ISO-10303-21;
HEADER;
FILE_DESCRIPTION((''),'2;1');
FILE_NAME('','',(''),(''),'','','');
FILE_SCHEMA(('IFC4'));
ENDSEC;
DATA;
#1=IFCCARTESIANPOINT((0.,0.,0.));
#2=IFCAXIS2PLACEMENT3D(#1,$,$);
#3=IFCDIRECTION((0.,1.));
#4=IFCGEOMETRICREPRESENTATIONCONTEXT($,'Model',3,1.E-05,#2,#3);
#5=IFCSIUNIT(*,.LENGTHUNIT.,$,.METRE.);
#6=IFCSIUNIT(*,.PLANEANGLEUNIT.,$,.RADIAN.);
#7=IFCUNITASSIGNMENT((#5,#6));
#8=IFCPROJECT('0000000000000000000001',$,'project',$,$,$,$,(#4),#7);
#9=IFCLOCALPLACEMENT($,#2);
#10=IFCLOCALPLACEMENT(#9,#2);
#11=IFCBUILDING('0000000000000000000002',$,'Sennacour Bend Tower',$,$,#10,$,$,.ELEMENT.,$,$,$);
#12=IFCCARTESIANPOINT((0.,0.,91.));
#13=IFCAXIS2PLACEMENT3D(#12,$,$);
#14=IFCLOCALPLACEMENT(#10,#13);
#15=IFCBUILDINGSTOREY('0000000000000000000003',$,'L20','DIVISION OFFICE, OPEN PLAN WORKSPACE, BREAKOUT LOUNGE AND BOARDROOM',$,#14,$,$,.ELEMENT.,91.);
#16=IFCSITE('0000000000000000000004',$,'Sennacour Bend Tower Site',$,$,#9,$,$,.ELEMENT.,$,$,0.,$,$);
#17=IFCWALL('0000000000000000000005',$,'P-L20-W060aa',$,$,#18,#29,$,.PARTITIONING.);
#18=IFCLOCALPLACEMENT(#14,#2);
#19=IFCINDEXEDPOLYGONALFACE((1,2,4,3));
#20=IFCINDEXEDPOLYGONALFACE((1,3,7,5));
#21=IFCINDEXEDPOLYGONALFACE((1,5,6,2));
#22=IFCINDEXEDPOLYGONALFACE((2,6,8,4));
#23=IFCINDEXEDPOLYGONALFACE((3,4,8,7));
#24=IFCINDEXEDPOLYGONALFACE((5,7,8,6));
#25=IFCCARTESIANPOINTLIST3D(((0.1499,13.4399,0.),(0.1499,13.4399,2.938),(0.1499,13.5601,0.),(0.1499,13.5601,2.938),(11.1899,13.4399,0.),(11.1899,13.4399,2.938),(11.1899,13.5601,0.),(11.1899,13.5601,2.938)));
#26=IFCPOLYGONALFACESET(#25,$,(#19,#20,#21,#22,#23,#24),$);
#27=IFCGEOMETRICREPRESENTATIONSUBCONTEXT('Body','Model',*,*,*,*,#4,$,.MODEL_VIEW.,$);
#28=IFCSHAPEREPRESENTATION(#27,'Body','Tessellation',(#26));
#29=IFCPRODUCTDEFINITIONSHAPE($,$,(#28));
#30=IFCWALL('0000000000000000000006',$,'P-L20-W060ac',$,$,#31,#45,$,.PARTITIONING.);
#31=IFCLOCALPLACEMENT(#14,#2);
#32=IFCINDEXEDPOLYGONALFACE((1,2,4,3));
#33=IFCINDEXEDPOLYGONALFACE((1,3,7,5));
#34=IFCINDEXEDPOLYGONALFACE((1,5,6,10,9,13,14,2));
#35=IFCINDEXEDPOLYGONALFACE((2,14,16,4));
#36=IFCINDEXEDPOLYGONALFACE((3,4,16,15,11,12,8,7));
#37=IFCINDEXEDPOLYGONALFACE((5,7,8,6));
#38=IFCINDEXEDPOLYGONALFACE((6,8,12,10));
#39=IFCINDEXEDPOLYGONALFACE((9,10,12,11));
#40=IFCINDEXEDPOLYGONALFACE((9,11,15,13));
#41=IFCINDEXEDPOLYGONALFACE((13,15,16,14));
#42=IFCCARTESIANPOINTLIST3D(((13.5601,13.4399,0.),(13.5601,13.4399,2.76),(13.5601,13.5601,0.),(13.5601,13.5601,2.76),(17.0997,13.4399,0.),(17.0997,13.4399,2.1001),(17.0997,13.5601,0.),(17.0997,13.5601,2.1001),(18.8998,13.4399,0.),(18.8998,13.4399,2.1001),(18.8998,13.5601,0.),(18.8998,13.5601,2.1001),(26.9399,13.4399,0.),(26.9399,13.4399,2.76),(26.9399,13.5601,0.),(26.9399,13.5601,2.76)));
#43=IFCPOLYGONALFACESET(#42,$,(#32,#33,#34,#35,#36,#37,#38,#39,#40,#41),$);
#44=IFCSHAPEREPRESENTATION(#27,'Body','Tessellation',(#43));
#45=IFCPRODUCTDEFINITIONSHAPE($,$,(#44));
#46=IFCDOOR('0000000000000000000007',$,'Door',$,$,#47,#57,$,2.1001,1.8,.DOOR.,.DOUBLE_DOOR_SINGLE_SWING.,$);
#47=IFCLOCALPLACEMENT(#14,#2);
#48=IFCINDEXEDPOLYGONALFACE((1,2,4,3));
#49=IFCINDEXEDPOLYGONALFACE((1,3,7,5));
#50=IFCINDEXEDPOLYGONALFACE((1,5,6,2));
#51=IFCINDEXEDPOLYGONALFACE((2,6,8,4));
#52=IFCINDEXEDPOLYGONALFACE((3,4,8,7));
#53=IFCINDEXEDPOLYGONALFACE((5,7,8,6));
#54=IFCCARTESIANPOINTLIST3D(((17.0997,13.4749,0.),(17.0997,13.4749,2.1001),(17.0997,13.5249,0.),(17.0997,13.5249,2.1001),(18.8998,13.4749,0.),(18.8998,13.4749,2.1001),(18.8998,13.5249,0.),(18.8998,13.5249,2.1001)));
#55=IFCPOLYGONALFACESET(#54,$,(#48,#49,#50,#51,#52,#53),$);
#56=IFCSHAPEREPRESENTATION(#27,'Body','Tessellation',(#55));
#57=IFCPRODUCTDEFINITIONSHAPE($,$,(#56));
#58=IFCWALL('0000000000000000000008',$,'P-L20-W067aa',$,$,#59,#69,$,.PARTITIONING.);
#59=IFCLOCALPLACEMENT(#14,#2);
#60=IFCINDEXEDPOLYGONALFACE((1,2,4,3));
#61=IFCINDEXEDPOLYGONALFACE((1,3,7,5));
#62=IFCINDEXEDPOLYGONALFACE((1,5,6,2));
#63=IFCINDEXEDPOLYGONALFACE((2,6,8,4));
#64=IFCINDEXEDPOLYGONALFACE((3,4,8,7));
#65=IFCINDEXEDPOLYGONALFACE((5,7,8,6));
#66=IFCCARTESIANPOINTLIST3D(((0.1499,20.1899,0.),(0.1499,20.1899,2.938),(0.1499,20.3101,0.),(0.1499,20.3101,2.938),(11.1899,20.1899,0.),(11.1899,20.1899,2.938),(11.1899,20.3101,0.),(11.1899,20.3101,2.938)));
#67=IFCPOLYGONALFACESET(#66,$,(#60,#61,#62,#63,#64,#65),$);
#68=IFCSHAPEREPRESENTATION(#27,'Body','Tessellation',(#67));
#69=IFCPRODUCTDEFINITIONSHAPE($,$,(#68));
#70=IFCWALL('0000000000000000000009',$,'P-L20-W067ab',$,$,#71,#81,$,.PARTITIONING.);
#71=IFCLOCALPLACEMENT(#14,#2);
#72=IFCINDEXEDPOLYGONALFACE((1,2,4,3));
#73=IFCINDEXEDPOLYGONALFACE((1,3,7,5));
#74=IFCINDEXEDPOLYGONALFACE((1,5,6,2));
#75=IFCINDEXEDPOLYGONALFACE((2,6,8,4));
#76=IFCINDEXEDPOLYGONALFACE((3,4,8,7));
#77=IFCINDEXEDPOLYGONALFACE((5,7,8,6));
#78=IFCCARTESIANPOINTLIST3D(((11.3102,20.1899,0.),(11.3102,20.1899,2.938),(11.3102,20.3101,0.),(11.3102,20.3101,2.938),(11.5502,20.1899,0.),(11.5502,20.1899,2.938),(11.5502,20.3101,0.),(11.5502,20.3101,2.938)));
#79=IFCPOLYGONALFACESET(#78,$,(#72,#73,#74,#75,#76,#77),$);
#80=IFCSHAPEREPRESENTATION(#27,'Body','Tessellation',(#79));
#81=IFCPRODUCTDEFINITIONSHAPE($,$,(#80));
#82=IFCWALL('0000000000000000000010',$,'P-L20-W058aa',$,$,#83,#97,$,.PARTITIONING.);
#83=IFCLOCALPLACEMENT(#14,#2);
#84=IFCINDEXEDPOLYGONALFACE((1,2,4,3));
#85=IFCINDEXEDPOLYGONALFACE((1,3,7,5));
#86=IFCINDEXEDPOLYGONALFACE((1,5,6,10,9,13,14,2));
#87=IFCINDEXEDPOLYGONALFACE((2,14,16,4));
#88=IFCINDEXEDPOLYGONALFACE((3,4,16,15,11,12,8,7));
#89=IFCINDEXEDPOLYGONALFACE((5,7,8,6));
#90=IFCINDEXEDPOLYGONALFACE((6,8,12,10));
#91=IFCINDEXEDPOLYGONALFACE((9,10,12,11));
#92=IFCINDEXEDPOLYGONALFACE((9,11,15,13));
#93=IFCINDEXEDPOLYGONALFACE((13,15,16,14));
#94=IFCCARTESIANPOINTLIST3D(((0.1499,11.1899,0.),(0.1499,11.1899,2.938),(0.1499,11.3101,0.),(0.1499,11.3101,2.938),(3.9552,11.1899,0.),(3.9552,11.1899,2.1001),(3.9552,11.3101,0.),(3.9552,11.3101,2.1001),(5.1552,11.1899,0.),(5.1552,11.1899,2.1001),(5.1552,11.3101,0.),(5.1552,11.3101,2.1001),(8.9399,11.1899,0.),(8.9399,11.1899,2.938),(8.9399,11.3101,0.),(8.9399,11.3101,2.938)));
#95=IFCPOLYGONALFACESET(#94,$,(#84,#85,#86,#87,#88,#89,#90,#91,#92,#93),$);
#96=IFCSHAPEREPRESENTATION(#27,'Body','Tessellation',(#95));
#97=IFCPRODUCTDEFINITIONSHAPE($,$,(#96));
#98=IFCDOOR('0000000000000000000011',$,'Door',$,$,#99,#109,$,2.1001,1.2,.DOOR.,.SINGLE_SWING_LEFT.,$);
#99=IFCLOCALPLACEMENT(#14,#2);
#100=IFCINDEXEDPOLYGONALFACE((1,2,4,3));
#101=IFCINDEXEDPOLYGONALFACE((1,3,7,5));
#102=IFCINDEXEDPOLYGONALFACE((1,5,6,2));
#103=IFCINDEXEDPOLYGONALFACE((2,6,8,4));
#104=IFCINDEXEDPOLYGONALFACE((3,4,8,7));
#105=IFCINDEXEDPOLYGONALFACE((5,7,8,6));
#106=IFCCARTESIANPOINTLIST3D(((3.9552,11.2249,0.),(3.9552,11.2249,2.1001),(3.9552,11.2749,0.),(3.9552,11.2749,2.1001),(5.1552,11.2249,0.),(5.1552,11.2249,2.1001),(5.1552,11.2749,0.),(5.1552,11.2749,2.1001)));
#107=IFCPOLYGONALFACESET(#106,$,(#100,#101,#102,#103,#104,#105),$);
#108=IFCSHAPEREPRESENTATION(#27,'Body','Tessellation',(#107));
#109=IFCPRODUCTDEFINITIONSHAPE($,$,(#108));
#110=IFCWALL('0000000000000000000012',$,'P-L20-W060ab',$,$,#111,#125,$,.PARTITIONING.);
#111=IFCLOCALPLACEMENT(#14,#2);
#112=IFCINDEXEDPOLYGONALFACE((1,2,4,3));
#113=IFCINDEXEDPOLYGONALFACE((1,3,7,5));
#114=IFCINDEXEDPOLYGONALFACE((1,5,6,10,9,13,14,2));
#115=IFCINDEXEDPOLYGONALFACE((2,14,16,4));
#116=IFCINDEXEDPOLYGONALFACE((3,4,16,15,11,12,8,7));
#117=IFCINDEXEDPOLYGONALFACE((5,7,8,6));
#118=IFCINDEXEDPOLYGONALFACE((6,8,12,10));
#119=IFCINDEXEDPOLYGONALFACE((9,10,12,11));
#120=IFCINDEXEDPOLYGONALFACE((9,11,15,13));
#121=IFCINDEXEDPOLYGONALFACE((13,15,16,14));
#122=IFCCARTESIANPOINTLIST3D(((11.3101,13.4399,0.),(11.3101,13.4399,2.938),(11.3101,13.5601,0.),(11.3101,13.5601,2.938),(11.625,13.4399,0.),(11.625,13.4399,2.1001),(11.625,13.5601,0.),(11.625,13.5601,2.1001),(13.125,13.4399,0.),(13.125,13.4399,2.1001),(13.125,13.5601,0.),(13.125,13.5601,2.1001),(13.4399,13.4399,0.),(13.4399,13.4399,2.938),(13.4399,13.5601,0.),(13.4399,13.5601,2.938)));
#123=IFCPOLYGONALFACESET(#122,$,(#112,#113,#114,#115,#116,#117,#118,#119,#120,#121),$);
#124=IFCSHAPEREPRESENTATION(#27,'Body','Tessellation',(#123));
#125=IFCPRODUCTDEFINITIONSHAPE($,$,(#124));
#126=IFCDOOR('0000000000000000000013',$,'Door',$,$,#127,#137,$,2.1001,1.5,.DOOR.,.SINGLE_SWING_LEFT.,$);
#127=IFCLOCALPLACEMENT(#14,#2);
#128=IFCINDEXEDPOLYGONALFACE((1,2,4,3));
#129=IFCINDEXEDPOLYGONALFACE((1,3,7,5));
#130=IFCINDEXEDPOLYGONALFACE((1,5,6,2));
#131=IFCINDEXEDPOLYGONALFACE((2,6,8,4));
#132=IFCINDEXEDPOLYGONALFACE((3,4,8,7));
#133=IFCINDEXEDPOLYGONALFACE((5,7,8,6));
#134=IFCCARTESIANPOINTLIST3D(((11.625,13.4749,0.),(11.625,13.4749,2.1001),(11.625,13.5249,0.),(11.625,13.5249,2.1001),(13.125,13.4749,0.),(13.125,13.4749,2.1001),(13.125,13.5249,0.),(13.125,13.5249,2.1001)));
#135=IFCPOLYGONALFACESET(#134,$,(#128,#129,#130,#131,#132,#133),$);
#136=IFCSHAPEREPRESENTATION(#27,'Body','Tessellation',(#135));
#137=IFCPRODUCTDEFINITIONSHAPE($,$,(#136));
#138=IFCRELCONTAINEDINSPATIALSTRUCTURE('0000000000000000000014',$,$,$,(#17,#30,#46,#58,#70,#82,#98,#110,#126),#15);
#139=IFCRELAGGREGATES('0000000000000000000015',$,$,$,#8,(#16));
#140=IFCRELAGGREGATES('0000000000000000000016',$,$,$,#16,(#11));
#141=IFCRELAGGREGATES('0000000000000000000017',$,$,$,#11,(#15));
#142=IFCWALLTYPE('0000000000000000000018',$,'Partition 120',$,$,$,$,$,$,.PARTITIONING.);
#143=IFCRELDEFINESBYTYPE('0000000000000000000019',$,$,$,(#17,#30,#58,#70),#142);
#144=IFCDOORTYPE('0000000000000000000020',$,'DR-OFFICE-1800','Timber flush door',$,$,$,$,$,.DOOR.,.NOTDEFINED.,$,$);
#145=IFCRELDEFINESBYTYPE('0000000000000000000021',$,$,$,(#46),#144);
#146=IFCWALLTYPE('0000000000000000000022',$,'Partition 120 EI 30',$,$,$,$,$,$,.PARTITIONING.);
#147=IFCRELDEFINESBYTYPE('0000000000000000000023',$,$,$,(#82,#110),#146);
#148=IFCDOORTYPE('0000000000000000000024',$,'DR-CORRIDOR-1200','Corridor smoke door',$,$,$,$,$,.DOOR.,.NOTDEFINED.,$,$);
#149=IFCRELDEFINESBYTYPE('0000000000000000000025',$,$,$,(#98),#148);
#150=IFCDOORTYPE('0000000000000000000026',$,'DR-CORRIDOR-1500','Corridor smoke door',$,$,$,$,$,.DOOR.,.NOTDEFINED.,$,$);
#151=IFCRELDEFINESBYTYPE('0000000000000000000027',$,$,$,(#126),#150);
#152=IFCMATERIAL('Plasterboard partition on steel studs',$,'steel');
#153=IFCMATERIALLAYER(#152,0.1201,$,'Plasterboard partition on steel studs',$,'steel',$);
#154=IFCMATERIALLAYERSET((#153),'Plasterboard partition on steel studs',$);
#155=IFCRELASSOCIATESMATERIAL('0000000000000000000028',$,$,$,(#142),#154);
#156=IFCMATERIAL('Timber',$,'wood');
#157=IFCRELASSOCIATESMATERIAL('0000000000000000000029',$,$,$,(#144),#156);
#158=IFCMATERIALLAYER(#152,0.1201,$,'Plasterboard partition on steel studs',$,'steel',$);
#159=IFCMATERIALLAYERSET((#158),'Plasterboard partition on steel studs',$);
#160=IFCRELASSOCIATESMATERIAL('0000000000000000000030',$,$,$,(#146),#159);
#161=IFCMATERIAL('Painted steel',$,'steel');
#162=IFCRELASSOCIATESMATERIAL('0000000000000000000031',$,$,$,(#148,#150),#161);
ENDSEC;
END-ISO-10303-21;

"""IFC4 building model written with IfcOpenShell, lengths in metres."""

from ifc_helpers import new_model, si_unit, direction, frame, frame_2d, origin, place, context, subcontext, project, spatial, rectangle, extrude, material, layer, layer_set, type_object, element, fill, save


model = new_model("IFC4")

# Units and contexts
model_context = context("Model", 3, precision=1e-05, world=origin(), true_north=direction((0.0, 1.0)))
body_context = subcontext(model_context, "Body", "Model", "MODEL_VIEW")
ifc_project = project(units=[si_unit("LENGTHUNIT", "METRE"), si_unit("PLANEANGLEUNIT", "RADIAN")], contexts=[model_context])

# Site, building, storey
site_placement = place(None, origin())
site = spatial("IfcSite", under=ifc_project, at=site_placement, Name="Sennacour Bend Tower Site", CompositionType="ELEMENT", RefElevation=0.0)
building_placement = place(site_placement, origin())
building = spatial("IfcBuilding", under=site, at=building_placement, Name="Sennacour Bend Tower", CompositionType="ELEMENT")
storey_placement = place(building_placement, frame((0.0, 0.0, 91.0)))
storey = spatial("IfcBuildingStorey", under=building, at=storey_placement, Name="L20", Description="DIVISION OFFICE, OPEN PLAN WORKSPACE, BREAKOUT LOUNGE AND BOARDROOM", CompositionType="ELEMENT", Elevation=91.0)

# Shared definitions
ifc_material_1 = material(Name="Plasterboard partition on steel studs", Category="steel")
ifc_layer_1 = layer(ifc_material_1, 0.1201, Name="Plasterboard partition on steel studs", Category="steel")
ifc_layer_set_1 = layer_set([ifc_layer_1], Name="Plasterboard partition on steel studs")
wall_type_1 = type_object("IfcWallType", Name="Partition 120", PredefinedType="PARTITIONING", material=ifc_layer_set_1)
ifc_material_2 = material(Name="Timber", Category="wood")

# Wall
wall_1_placement = place(storey_placement, frame((0.1499, 13.5, 0.0), z_axis=(0.0, 0.0, 1.0), x_axis=(1.0, 0.0, 0.0)))
element("IfcWall", 1, at=wall_1_placement, inside=storey, type_object=wall_type_1, Name="P-L20-W060aa", PredefinedType="PARTITIONING", context=body_context, shape_type="SweptSolid", body=[
    extrude(rectangle(XDim=11.04, YDim=0.1201, at=frame_2d((5.52, 0.0))), origin(), (0.0, 0.0, 1.0), 2.938),
])

# Wall, opening, door
wall_2_placement = place(storey_placement, frame((13.5601, 13.5, 0.0), z_axis=(0.0, 0.0, 1.0), x_axis=(1.0, 0.0, 0.0)))
wall_2 = element("IfcWall", 2, at=wall_2_placement, inside=storey, type_object=wall_type_1, Name="P-L20-W060ac", PredefinedType="PARTITIONING", context=body_context, shape_type="SweptSolid", body=[
    extrude(rectangle(XDim=13.3799, YDim=0.1201, at=frame_2d((6.6899, 0.0))), origin(), (0.0, 0.0, 1.0), 2.76),
])
opening_1_placement = place(wall_2_placement, frame((3.5398, 0.0, 0.0)))
opening_1 = element("IfcOpeningElement", 3, at=opening_1_placement, cuts=wall_2, PredefinedType="OPENING", context=body_context, shape_type="SweptSolid", body=[
    extrude(rectangle(XDim=1.8, YDim=2.1001, at=frame_2d((0.8999, 1.05))), frame((0.0, 0.0701, 0.0), z_axis=(0.0, -1.0, 0.0), x_axis=(1.0, 0.0, 0.0)), (0.0, 0.0, 1.0), 0.1401),
])
door_type_1 = type_object("IfcDoorType", Name="DR-OFFICE-1800", Description="Timber flush door", OperationType="NOTDEFINED", PredefinedType="DOOR", material=ifc_material_2)
door_1_placement = place(opening_1_placement, origin())
door_1 = element("IfcDoor", 4, at=door_1_placement, inside=storey, type_object=door_type_1, Name="Door", OperationType="DOUBLE_DOOR_SINGLE_SWING", OverallHeight=2.1001, OverallWidth=1.8, PredefinedType="DOOR", context=body_context, shape_type="SweptSolid", body=[
    extrude(rectangle(XDim=1.8, YDim=2.1001, at=frame_2d((0.8999, 1.05))), frame((0.0, 0.0249, 0.0), z_axis=(0.0, -1.0, 0.0), x_axis=(1.0, 0.0, 0.0)), (0.0, 0.0, 1.0), 0.05),
])
fill(opening_1, door_1)

# Walls
wall_3_placement = place(storey_placement, frame((0.1499, 20.25, 0.0), z_axis=(0.0, 0.0, 1.0), x_axis=(1.0, 0.0, 0.0)))
element("IfcWall", 5, at=wall_3_placement, inside=storey, type_object=wall_type_1, Name="P-L20-W067aa", PredefinedType="PARTITIONING", context=body_context, shape_type="SweptSolid", body=[
    extrude(rectangle(XDim=11.04, YDim=0.1201, at=frame_2d((5.52, 0.0))), origin(), (0.0, 0.0, 1.0), 2.938),
])
wall_4_placement = place(storey_placement, frame((11.3101, 20.25, 0.0), z_axis=(0.0, 0.0, 1.0), x_axis=(1.0, 0.0, 0.0)))
element("IfcWall", 6, at=wall_4_placement, inside=storey, type_object=wall_type_1, Name="P-L20-W067ab", PredefinedType="PARTITIONING", context=body_context, shape_type="SweptSolid", body=[
    extrude(rectangle(XDim=0.24, YDim=0.1201, at=frame_2d((0.1201, 0.0))), origin(), (0.0, 0.0, 1.0), 2.938),
])

# Walls, openings, doors
ifc_layer_2 = layer(ifc_material_1, 0.1201, Name="Plasterboard partition on steel studs", Category="steel")
ifc_layer_set_2 = layer_set([ifc_layer_2], Name="Plasterboard partition on steel studs")
wall_type_2 = type_object("IfcWallType", Name="Partition 120 EI 30", PredefinedType="PARTITIONING", material=ifc_layer_set_2)
wall_5_placement = place(storey_placement, frame((0.1499, 11.25, 0.0), z_axis=(0.0, 0.0, 1.0), x_axis=(1.0, 0.0, 0.0)))
wall_5 = element("IfcWall", 7, at=wall_5_placement, inside=storey, type_object=wall_type_2, Name="P-L20-W058aa", PredefinedType="PARTITIONING", context=body_context, shape_type="SweptSolid", body=[
    extrude(rectangle(XDim=8.79, YDim=0.1201, at=frame_2d((4.395, 0.0))), origin(), (0.0, 0.0, 1.0), 2.938),
])
opening_2_placement = place(wall_5_placement, frame((3.8052, 0.0, 0.0)))
opening_2 = element("IfcOpeningElement", 8, at=opening_2_placement, cuts=wall_5, PredefinedType="OPENING", context=body_context, shape_type="SweptSolid", body=[
    extrude(rectangle(XDim=1.2, YDim=2.1001, at=frame_2d((0.6001, 1.05))), frame((0.0, 0.0701, 0.0), z_axis=(0.0, -1.0, 0.0), x_axis=(1.0, 0.0, 0.0)), (0.0, 0.0, 1.0), 0.1401),
])
ifc_material_3 = material(Name="Painted steel", Category="steel")
door_type_2 = type_object("IfcDoorType", Name="DR-CORRIDOR-1200", Description="Corridor smoke door", OperationType="NOTDEFINED", PredefinedType="DOOR", material=ifc_material_3)
door_2_placement = place(opening_2_placement, origin())
door_2 = element("IfcDoor", 9, at=door_2_placement, inside=storey, type_object=door_type_2, Name="Door", OperationType="SINGLE_SWING_LEFT", OverallHeight=2.1001, OverallWidth=1.2, PredefinedType="DOOR", context=body_context, shape_type="SweptSolid", body=[
    extrude(rectangle(XDim=1.2, YDim=2.1001, at=frame_2d((0.6001, 1.05))), frame((0.0, 0.0249, 0.0), z_axis=(0.0, -1.0, 0.0), x_axis=(1.0, 0.0, 0.0)), (0.0, 0.0, 1.0), 0.05),
])
fill(opening_2, door_2)
wall_6_placement = place(storey_placement, frame((11.3101, 13.5, 0.0), z_axis=(0.0, 0.0, 1.0), x_axis=(1.0, 0.0, 0.0)))
wall_6 = element("IfcWall", 10, at=wall_6_placement, inside=storey, type_object=wall_type_2, Name="P-L20-W060ab", PredefinedType="PARTITIONING", context=body_context, shape_type="SweptSolid", body=[
    extrude(rectangle(XDim=2.1299, YDim=0.1201, at=frame_2d((1.0649, 0.0))), origin(), (0.0, 0.0, 1.0), 2.938),
])
opening_3_placement = place(wall_6_placement, frame((0.3149, 0.0, 0.0)))
opening_3 = element("IfcOpeningElement", 11, at=opening_3_placement, cuts=wall_6, PredefinedType="OPENING", context=body_context, shape_type="SweptSolid", body=[
    extrude(rectangle(XDim=1.5, YDim=2.1001, at=frame_2d((0.75, 1.05))), frame((0.0, 0.0701, 0.0), z_axis=(0.0, -1.0, 0.0), x_axis=(1.0, 0.0, 0.0)), (0.0, 0.0, 1.0), 0.1401),
])
door_type_3 = type_object("IfcDoorType", Name="DR-CORRIDOR-1500", Description="Corridor smoke door", OperationType="NOTDEFINED", PredefinedType="DOOR", material=ifc_material_3)
door_3_placement = place(opening_3_placement, origin())
door_3 = element("IfcDoor", 12, at=door_3_placement, inside=storey, type_object=door_type_3, Name="Door", OperationType="SINGLE_SWING_LEFT", OverallHeight=2.1001, OverallWidth=1.5, PredefinedType="DOOR", context=body_context, shape_type="SweptSolid", body=[
    extrude(rectangle(XDim=1.5, YDim=2.1001, at=frame_2d((0.75, 1.05))), frame((0.0, 0.0249, 0.0), z_axis=(0.0, -1.0, 0.0), x_axis=(1.0, 0.0, 0.0)), (0.0, 0.0, 1.0), 0.05),
])
fill(opening_3, door_3)

save(model, "model.ifc")
